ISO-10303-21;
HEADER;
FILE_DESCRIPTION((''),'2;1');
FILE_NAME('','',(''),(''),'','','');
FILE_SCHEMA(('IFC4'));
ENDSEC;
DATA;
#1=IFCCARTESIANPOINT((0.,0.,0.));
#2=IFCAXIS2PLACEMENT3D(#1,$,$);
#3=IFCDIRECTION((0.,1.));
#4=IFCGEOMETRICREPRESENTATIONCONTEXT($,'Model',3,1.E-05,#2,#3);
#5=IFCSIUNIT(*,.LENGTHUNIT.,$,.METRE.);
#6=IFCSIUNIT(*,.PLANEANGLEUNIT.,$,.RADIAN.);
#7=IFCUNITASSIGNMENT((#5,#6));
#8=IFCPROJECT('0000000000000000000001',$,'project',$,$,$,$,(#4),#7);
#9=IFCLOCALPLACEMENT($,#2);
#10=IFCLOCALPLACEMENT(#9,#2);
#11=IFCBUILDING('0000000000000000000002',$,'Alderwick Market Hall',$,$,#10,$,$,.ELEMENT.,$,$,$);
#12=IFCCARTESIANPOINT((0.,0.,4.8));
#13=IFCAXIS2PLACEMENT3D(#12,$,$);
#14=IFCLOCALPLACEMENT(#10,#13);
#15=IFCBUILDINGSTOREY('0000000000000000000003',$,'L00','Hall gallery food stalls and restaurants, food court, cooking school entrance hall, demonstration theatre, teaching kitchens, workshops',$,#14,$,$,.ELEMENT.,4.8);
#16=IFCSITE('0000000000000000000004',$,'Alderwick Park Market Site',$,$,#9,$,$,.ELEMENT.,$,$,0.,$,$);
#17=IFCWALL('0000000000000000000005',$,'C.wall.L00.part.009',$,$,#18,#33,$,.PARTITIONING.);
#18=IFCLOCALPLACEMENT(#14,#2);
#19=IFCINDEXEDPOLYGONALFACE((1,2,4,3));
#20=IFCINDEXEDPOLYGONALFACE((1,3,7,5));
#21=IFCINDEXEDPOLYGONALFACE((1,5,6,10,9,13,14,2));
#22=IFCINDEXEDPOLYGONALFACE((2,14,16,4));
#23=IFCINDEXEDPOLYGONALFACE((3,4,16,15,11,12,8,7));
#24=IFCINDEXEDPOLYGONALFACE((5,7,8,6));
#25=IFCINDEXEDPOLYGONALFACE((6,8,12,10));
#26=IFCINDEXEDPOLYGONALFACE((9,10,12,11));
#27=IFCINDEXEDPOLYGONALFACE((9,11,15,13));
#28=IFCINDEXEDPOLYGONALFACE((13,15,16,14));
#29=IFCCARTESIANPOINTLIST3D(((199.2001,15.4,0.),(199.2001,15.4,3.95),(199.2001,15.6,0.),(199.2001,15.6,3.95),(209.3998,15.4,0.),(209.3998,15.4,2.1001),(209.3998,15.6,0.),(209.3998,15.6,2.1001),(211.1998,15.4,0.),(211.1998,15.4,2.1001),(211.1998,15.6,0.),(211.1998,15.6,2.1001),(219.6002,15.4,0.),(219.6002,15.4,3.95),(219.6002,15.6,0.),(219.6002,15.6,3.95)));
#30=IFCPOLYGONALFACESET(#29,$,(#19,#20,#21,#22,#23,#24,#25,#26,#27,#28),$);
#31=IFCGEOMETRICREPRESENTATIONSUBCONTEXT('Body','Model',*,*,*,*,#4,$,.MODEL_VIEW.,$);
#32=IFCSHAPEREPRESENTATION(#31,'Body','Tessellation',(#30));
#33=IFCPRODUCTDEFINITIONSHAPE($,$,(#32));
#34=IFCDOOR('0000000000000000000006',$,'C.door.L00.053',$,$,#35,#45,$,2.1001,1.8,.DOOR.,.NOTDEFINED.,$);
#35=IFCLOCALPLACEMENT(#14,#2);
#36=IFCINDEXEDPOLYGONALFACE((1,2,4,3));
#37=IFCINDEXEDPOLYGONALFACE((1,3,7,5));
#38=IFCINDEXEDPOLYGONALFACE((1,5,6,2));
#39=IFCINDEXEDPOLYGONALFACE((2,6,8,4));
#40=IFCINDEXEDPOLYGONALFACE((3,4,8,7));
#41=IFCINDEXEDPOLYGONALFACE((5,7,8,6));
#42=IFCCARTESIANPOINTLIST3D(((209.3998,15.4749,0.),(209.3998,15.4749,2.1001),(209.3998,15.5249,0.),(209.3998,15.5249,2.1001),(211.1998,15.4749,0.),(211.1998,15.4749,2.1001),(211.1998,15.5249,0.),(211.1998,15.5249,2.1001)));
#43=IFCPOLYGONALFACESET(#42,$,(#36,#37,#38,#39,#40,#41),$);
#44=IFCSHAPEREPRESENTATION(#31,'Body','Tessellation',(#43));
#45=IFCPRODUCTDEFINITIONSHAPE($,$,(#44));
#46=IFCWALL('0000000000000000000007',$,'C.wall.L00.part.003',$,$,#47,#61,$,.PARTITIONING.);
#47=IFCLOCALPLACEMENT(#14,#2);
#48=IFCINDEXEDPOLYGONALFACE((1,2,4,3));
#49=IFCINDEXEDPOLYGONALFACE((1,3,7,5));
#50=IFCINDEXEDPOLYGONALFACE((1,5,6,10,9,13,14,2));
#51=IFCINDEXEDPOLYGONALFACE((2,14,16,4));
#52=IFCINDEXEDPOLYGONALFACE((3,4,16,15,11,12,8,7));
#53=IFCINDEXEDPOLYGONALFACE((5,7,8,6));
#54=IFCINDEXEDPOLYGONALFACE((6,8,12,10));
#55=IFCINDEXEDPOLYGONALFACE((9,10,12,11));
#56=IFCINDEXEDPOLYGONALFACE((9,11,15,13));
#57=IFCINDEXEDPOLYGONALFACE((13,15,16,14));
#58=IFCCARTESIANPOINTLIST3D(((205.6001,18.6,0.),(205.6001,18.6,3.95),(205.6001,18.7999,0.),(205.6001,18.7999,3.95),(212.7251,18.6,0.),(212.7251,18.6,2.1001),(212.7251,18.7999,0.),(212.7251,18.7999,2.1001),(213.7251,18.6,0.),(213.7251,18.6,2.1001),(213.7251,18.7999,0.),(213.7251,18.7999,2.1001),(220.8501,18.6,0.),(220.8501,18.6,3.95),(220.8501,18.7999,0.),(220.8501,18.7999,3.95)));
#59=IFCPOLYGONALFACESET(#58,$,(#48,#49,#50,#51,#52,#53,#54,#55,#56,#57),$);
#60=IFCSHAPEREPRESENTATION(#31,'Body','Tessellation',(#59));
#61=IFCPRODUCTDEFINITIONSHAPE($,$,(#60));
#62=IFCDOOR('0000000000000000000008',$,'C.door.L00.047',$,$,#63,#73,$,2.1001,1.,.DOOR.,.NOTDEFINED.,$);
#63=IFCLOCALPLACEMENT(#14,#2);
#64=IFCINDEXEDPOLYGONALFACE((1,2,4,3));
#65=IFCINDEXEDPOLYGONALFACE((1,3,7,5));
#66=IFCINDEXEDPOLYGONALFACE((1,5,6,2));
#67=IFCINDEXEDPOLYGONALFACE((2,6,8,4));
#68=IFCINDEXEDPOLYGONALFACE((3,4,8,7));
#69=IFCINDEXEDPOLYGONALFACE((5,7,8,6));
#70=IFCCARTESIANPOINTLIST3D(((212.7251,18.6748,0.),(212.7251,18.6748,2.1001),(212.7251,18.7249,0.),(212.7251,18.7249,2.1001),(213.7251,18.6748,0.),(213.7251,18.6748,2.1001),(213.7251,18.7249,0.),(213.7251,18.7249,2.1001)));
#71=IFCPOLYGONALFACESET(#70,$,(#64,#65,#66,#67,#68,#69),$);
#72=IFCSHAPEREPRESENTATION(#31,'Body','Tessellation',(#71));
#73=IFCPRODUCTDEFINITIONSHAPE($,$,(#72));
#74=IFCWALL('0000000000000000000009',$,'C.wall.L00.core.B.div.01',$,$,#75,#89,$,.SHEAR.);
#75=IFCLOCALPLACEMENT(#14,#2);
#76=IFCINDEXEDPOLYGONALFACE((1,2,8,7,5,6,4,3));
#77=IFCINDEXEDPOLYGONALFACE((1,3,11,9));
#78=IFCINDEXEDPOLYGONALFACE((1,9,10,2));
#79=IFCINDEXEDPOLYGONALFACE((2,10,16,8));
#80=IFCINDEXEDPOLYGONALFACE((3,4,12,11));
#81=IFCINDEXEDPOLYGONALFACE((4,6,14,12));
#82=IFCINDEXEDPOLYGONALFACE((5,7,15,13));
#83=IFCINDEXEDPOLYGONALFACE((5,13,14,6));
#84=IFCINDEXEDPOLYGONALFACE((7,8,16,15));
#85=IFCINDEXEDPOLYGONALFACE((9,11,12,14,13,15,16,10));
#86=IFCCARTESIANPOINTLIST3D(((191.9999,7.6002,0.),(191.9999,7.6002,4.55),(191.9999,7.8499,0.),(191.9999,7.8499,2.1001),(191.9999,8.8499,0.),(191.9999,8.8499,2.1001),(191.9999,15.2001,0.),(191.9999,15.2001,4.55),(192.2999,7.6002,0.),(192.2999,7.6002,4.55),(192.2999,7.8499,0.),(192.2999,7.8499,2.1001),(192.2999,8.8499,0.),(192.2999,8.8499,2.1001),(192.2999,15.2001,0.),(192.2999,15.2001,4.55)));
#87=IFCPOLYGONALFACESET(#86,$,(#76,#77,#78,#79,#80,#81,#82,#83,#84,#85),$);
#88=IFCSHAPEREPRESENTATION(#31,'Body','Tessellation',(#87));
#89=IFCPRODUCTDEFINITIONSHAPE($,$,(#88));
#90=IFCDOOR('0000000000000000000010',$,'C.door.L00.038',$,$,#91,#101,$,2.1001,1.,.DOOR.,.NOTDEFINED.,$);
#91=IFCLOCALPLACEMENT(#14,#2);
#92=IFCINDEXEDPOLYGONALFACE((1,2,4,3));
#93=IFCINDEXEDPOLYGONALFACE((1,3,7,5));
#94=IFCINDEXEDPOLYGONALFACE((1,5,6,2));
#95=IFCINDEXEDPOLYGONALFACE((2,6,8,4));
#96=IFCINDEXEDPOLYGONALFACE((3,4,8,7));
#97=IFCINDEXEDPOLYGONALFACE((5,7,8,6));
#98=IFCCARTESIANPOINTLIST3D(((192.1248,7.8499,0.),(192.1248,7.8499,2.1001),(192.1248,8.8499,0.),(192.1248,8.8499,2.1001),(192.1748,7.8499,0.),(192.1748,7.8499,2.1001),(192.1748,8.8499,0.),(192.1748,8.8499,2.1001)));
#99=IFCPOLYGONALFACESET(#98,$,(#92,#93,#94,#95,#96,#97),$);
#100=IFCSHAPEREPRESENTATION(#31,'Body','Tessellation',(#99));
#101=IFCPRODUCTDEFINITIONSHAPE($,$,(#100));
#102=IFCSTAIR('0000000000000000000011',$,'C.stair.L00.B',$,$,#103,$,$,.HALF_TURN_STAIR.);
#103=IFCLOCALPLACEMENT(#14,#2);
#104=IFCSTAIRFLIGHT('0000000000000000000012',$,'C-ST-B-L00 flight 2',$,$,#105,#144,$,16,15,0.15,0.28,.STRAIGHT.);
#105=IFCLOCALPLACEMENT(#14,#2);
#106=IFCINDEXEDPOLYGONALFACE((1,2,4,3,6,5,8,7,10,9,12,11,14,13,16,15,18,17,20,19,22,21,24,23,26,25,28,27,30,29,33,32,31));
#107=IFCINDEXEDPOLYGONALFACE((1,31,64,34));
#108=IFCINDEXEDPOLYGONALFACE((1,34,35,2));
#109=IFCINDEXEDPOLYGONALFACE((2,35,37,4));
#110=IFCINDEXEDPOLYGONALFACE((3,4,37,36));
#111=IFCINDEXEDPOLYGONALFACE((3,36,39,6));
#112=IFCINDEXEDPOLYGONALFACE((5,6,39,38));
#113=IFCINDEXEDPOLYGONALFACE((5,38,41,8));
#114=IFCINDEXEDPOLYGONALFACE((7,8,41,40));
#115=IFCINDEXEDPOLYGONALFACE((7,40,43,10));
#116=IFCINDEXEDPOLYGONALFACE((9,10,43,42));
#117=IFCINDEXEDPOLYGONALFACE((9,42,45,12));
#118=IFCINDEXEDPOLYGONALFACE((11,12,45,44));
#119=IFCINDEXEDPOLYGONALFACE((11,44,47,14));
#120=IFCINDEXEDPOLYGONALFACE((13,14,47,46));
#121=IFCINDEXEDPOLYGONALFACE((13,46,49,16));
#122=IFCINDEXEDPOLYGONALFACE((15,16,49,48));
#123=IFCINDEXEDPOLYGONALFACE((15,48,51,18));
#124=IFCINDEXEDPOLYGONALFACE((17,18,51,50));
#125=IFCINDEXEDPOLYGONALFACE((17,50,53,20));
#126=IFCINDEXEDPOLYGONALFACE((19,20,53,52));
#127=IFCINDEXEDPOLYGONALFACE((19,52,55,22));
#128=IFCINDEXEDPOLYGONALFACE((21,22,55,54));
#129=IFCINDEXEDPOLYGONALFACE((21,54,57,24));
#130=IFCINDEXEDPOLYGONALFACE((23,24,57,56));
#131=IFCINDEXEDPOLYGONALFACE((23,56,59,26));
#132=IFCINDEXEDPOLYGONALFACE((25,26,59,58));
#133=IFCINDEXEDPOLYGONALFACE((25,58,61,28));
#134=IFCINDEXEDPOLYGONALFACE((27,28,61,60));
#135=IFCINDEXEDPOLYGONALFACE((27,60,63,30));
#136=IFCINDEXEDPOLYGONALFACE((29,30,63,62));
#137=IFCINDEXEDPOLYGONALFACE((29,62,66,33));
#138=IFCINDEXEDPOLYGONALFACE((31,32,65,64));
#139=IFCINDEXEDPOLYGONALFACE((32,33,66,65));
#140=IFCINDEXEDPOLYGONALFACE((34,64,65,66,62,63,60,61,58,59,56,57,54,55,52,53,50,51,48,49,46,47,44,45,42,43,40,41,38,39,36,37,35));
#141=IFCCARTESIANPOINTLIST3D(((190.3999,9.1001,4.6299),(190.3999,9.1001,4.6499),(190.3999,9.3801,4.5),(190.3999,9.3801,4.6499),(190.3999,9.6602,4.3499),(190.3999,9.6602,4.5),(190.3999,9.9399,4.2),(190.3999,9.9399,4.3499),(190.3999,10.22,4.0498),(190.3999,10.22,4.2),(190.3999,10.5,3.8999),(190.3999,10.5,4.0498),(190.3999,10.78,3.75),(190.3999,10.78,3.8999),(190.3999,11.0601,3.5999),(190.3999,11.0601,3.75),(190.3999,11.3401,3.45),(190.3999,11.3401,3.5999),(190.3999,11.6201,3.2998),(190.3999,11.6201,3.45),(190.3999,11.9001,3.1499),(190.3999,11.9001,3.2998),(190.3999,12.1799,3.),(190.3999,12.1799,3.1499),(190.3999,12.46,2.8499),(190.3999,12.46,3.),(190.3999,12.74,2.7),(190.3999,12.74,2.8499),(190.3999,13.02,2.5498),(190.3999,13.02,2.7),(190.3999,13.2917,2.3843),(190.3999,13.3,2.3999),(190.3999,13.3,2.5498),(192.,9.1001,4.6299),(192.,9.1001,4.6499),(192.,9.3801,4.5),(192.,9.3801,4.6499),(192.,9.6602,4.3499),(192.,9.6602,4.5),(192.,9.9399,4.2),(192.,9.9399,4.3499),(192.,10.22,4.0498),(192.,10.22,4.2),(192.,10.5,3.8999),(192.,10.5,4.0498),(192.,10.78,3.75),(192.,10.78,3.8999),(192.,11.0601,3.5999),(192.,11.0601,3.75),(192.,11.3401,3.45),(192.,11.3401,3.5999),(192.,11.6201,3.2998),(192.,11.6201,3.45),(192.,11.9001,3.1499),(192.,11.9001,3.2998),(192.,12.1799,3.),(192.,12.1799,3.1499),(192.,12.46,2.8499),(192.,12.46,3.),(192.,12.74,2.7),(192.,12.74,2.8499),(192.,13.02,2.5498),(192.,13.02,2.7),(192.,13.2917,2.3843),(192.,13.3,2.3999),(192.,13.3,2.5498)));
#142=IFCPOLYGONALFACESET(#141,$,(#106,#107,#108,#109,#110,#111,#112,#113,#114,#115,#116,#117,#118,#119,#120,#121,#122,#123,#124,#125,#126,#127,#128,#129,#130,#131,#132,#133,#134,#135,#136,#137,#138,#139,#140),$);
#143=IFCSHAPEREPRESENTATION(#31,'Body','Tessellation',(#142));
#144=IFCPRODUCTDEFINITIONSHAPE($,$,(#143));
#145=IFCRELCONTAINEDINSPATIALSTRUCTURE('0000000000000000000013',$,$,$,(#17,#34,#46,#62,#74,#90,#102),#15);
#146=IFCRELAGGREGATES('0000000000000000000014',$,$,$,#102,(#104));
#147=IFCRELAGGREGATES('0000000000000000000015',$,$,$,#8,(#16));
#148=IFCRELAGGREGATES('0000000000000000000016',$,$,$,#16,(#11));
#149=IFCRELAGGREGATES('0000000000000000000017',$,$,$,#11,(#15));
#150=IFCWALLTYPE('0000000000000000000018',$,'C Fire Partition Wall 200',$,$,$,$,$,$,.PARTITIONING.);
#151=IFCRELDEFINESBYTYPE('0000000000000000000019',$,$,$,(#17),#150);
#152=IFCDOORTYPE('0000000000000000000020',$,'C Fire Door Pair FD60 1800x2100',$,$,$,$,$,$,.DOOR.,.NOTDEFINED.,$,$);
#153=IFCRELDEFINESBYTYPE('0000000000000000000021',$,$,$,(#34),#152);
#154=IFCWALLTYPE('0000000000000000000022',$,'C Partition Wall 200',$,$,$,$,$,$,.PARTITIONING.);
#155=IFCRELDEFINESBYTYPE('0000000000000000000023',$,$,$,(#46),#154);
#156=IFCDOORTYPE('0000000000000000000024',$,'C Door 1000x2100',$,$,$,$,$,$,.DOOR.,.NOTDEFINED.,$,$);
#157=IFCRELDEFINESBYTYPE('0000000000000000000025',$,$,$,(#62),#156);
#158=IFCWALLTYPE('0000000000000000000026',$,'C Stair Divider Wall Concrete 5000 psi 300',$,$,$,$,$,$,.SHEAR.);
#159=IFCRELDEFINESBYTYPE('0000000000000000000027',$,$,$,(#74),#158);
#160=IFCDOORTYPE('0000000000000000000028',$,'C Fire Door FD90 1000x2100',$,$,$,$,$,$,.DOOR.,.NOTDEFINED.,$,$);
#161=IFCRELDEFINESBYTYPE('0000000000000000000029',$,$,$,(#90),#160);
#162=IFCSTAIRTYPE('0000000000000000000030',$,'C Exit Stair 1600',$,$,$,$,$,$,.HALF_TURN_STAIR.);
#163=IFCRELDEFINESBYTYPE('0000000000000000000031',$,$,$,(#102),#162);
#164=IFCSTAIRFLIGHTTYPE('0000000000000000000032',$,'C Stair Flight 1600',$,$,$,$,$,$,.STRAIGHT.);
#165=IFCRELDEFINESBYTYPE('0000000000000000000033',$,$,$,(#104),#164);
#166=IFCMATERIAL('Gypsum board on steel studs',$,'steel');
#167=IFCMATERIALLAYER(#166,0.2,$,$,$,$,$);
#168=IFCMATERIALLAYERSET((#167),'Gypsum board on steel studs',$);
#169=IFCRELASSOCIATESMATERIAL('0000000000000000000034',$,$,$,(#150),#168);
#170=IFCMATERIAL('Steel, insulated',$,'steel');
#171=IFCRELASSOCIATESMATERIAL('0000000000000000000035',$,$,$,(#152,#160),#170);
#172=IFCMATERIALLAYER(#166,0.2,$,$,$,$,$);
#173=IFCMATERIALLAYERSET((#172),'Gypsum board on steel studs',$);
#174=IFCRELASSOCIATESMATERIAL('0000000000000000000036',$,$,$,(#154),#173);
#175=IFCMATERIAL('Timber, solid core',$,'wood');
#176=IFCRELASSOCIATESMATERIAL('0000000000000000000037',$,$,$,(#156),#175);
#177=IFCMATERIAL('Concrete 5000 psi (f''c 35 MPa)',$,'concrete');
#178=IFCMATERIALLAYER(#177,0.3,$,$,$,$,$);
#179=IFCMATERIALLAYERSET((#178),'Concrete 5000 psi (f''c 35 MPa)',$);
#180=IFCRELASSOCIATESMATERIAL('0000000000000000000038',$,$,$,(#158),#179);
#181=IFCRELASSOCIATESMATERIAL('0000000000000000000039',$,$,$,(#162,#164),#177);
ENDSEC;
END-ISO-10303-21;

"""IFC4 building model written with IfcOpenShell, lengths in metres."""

from ifc_helpers import new_model, si_unit, direction, frame, frame_2d, origin, place, context, subcontext, project, spatial, polyline, rectangle, outline, extrude, material, layer, layer_set, type_object, element, fill, aggregate, save


model = new_model("IFC4")

# Units and contexts
model_context = context("Model", 3, precision=1e-05, world=origin(), true_north=direction((0.0, 1.0)))
body_context = subcontext(model_context, "Body", "Model", "MODEL_VIEW")
ifc_project = project(units=[si_unit("LENGTHUNIT", "METRE"), si_unit("PLANEANGLEUNIT", "RADIAN")], contexts=[model_context])

# Site, building, storey
site_placement = place(None, origin())
site = spatial("IfcSite", under=ifc_project, at=site_placement, Name="Alderwick Park Market Site", CompositionType="ELEMENT", RefElevation=0.0)
building_placement = place(site_placement, origin())
building = spatial("IfcBuilding", under=site, at=building_placement, Name="Alderwick Market Hall", CompositionType="ELEMENT")
storey_placement = place(building_placement, frame((0.0, 0.0, 4.8)))
storey = spatial("IfcBuildingStorey", under=building, at=storey_placement, Name="L00", Description="Hall gallery food stalls and restaurants, food court, cooking school entrance hall, demonstration theatre, teaching kitchens, workshops", CompositionType="ELEMENT", Elevation=4.8)

# Shared definitions
ifc_material_1 = material(Name="Concrete 5000 psi (f'c 35 MPa)", Category="concrete")

# Shared definitions
ifc_material_2 = material(Name="Steel, insulated", Category="steel")

# Walls, openings, doors
ifc_material_3 = material(Name="Gypsum board on steel studs", Category="steel")
ifc_layer_1 = layer(ifc_material_3, 0.2)
ifc_layer_set_1 = layer_set([ifc_layer_1], Name="Gypsum board on steel studs")
wall_type_1 = type_object("IfcWallType", Name="C Fire Partition Wall 200", PredefinedType="PARTITIONING", material=ifc_layer_set_1)
wall_1_placement = place(storey_placement, frame((199.2, 15.5, 0.0), z_axis=(0.0, 0.0, 1.0), x_axis=(1.0, 0.0, 0.0)))
wall_1 = element("IfcWall", 1, at=wall_1_placement, inside=storey, type_object=wall_type_1, Name="C.wall.L00.part.009", PredefinedType="PARTITIONING", context=body_context, shape_type="SweptSolid", body=[
    extrude(rectangle(XDim=20.4001, YDim=0.2, at=frame_2d((10.2002, 0.0))), origin(), (0.0, 0.0, 1.0), 3.95),
])
opening_1_placement = place(wall_1_placement, frame((10.2, 0.0, 0.0)))
opening_1 = element("IfcOpeningElement", 2, at=opening_1_placement, cuts=wall_1, PredefinedType="OPENING", context=body_context, shape_type="SweptSolid", body=[
    extrude(rectangle(XDim=1.8, YDim=2.1001, at=frame_2d((0.8999, 1.05))), frame((0.0, 0.1099, 0.0), z_axis=(0.0, -1.0, 0.0), x_axis=(1.0, 0.0, 0.0)), (0.0, 0.0, 1.0), 0.22),
])
door_type_1 = type_object("IfcDoorType", Name="C Fire Door Pair FD60 1800x2100", OperationType="NOTDEFINED", PredefinedType="DOOR", material=ifc_material_2)
door_1_placement = place(opening_1_placement, origin())
door_1 = element("IfcDoor", 3, at=door_1_placement, inside=storey, type_object=door_type_1, Name="C.door.L00.053", OperationType="NOTDEFINED", OverallHeight=2.1001, OverallWidth=1.8, PredefinedType="DOOR", context=body_context, shape_type="SweptSolid", body=[
    extrude(rectangle(XDim=1.8, YDim=2.1001, at=frame_2d((0.8999, 1.05))), frame((0.0, 0.0249, 0.0), z_axis=(0.0, -1.0, 0.0), x_axis=(1.0, 0.0, 0.0)), (0.0, 0.0, 1.0), 0.05),
])
fill(opening_1, door_1)
ifc_layer_2 = layer(ifc_material_3, 0.2)
ifc_layer_set_2 = layer_set([ifc_layer_2], Name="Gypsum board on steel studs")
wall_type_2 = type_object("IfcWallType", Name="C Partition Wall 200", PredefinedType="PARTITIONING", material=ifc_layer_set_2)
wall_2_placement = place(storey_placement, frame((205.6001, 18.7, 0.0), z_axis=(0.0, 0.0, 1.0), x_axis=(1.0, 0.0, 0.0)))
wall_2 = element("IfcWall", 4, at=wall_2_placement, inside=storey, type_object=wall_type_2, Name="C.wall.L00.part.003", PredefinedType="PARTITIONING", context=body_context, shape_type="SweptSolid", body=[
    extrude(rectangle(XDim=15.25, YDim=0.2, at=frame_2d((7.625, 0.0))), origin(), (0.0, 0.0, 1.0), 3.95),
])
opening_2_placement = place(wall_2_placement, frame((7.125, 0.0, 0.0)))
opening_2 = element("IfcOpeningElement", 5, at=opening_2_placement, cuts=wall_2, PredefinedType="OPENING", context=body_context, shape_type="SweptSolid", body=[
    extrude(rectangle(XDim=1.0, YDim=2.1001, at=frame_2d((0.5, 1.05))), frame((0.0, 0.1099, 0.0), z_axis=(0.0, -1.0, 0.0), x_axis=(1.0, 0.0, 0.0)), (0.0, 0.0, 1.0), 0.22),
])
ifc_material_4 = material(Name="Timber, solid core", Category="wood")
door_type_2 = type_object("IfcDoorType", Name="C Door 1000x2100", OperationType="NOTDEFINED", PredefinedType="DOOR", material=ifc_material_4)
door_2_placement = place(opening_2_placement, origin())
door_2 = element("IfcDoor", 6, at=door_2_placement, inside=storey, type_object=door_type_2, Name="C.door.L00.047", OperationType="NOTDEFINED", OverallHeight=2.1001, OverallWidth=1.0, PredefinedType="DOOR", context=body_context, shape_type="SweptSolid", body=[
    extrude(rectangle(XDim=1.0, YDim=2.1001, at=frame_2d((0.5, 1.05))), frame((0.0, 0.0249, 0.0), z_axis=(0.0, -1.0, 0.0), x_axis=(1.0, 0.0, 0.0)), (0.0, 0.0, 1.0), 0.05),
])
fill(opening_2, door_2)
ifc_layer_3 = layer(ifc_material_1, 0.3)
ifc_layer_set_3 = layer_set([ifc_layer_3], Name="Concrete 5000 psi (f'c 35 MPa)")
wall_type_3 = type_object("IfcWallType", Name="C Stair Divider Wall Concrete 5000 psi 300", PredefinedType="SHEAR", material=ifc_layer_set_3)
wall_3_placement = place(storey_placement, frame((192.1499, 15.2, 0.0), z_axis=(0.0, 0.0, 1.0), x_axis=(0.0, -1.0, 0.0)))
wall_3 = element("IfcWall", 7, at=wall_3_placement, inside=storey, type_object=wall_type_3, Name="C.wall.L00.core.B.div.01", PredefinedType="SHEAR", context=body_context, shape_type="SweptSolid", body=[
    extrude(rectangle(XDim=7.5999, YDim=0.3, at=frame_2d((3.7998, 0.0))), origin(), (0.0, 0.0, 1.0), 4.55),
])
opening_3_placement = place(wall_3_placement, frame((6.3501, 0.0, 0.0)))
opening_3 = element("IfcOpeningElement", 8, at=opening_3_placement, cuts=wall_3, PredefinedType="OPENING", context=body_context, shape_type="SweptSolid", body=[
    extrude(rectangle(XDim=1.0, YDim=2.1001, at=frame_2d((0.5, 1.05))), frame((0.0, 0.1599, 0.0), z_axis=(0.0, -1.0, 0.0), x_axis=(1.0, 0.0, 0.0)), (0.0, 0.0, 1.0), 0.3201),
])
door_type_3 = type_object("IfcDoorType", Name="C Fire Door FD90 1000x2100", OperationType="NOTDEFINED", PredefinedType="DOOR", material=ifc_material_2)
door_3_placement = place(opening_3_placement, origin())
door_3 = element("IfcDoor", 9, at=door_3_placement, inside=storey, type_object=door_type_3, Name="C.door.L00.038", OperationType="NOTDEFINED", OverallHeight=2.1001, OverallWidth=1.0, PredefinedType="DOOR", context=body_context, shape_type="SweptSolid", body=[
    extrude(rectangle(XDim=1.0, YDim=2.1001, at=frame_2d((0.5, 1.05))), frame((0.0, 0.0249, 0.0), z_axis=(0.0, -1.0, 0.0), x_axis=(1.0, 0.0, 0.0)), (0.0, 0.0, 1.0), 0.05),
])
fill(opening_3, door_3)

# Stair, stair flight
stair_type = type_object("IfcStairType", Name="C Exit Stair 1600", PredefinedType="HALF_TURN_STAIR", material=ifc_material_1)
stair_placement = place(storey_placement, origin())
stair = element("IfcStair", 10, at=stair_placement, inside=storey, type_object=stair_type, Name="C.stair.L00.B", PredefinedType="HALF_TURN_STAIR")
stair_flight_type = type_object("IfcStairFlightType", Name="C Stair Flight 1600", PredefinedType="STRAIGHT", material=ifc_material_1)
stair_flight_placement = place(storey_placement, frame((191.2, 13.3, 2.3999), z_axis=(0.0, 0.0, 1.0), x_axis=(0.0, -1.0, 0.0)))
stair_flight = element("IfcStairFlight", 11, at=stair_flight_placement, type_object=stair_flight_type, Name="C-ST-B-L00 flight 2", NumberOfRisers=16, NumberOfTreads=15, PredefinedType="STRAIGHT", RiserHeight=0.15, TreadLength=0.28, context=body_context, shape_type="SweptSolid", body=[
    extrude(outline(polyline([(0.0083, -0.0156), (0.0, 0.0), (0.0, 0.1499), (0.28, 0.1499), (0.28, 0.3), (0.5601, 0.3), (0.5601, 0.45), (0.8401, 0.45), (0.8401, 0.6001), (1.1201, 0.6001), (1.1201, 0.75), (1.3999, 0.75), (1.3999, 0.8999), (1.6799, 0.8999), (1.6799, 1.05), (1.96, 1.05), (1.96, 1.2), (2.24, 1.2), (2.24, 1.3501), (2.52, 1.3501), (2.52, 1.5), (2.8, 1.5), (2.8, 1.6499), (3.0801, 1.6499), (3.0801, 1.8), (3.3601, 1.8), (3.3601, 1.95), (3.6399, 1.95), (3.6399, 2.1001), (3.9199, 2.1001), (3.9199, 2.25), (4.2, 2.25), (4.2, 2.23), (0.0083, -0.0156)])), frame((0.0, 0.8, 0.0), z_axis=(0.0, -1.0, 0.0), x_axis=(1.0, 0.0, 0.0)), (0.0, 0.0, 1.0), 1.6001),
])
aggregate(stair, [stair_flight])

save(model, "model.ifc")
